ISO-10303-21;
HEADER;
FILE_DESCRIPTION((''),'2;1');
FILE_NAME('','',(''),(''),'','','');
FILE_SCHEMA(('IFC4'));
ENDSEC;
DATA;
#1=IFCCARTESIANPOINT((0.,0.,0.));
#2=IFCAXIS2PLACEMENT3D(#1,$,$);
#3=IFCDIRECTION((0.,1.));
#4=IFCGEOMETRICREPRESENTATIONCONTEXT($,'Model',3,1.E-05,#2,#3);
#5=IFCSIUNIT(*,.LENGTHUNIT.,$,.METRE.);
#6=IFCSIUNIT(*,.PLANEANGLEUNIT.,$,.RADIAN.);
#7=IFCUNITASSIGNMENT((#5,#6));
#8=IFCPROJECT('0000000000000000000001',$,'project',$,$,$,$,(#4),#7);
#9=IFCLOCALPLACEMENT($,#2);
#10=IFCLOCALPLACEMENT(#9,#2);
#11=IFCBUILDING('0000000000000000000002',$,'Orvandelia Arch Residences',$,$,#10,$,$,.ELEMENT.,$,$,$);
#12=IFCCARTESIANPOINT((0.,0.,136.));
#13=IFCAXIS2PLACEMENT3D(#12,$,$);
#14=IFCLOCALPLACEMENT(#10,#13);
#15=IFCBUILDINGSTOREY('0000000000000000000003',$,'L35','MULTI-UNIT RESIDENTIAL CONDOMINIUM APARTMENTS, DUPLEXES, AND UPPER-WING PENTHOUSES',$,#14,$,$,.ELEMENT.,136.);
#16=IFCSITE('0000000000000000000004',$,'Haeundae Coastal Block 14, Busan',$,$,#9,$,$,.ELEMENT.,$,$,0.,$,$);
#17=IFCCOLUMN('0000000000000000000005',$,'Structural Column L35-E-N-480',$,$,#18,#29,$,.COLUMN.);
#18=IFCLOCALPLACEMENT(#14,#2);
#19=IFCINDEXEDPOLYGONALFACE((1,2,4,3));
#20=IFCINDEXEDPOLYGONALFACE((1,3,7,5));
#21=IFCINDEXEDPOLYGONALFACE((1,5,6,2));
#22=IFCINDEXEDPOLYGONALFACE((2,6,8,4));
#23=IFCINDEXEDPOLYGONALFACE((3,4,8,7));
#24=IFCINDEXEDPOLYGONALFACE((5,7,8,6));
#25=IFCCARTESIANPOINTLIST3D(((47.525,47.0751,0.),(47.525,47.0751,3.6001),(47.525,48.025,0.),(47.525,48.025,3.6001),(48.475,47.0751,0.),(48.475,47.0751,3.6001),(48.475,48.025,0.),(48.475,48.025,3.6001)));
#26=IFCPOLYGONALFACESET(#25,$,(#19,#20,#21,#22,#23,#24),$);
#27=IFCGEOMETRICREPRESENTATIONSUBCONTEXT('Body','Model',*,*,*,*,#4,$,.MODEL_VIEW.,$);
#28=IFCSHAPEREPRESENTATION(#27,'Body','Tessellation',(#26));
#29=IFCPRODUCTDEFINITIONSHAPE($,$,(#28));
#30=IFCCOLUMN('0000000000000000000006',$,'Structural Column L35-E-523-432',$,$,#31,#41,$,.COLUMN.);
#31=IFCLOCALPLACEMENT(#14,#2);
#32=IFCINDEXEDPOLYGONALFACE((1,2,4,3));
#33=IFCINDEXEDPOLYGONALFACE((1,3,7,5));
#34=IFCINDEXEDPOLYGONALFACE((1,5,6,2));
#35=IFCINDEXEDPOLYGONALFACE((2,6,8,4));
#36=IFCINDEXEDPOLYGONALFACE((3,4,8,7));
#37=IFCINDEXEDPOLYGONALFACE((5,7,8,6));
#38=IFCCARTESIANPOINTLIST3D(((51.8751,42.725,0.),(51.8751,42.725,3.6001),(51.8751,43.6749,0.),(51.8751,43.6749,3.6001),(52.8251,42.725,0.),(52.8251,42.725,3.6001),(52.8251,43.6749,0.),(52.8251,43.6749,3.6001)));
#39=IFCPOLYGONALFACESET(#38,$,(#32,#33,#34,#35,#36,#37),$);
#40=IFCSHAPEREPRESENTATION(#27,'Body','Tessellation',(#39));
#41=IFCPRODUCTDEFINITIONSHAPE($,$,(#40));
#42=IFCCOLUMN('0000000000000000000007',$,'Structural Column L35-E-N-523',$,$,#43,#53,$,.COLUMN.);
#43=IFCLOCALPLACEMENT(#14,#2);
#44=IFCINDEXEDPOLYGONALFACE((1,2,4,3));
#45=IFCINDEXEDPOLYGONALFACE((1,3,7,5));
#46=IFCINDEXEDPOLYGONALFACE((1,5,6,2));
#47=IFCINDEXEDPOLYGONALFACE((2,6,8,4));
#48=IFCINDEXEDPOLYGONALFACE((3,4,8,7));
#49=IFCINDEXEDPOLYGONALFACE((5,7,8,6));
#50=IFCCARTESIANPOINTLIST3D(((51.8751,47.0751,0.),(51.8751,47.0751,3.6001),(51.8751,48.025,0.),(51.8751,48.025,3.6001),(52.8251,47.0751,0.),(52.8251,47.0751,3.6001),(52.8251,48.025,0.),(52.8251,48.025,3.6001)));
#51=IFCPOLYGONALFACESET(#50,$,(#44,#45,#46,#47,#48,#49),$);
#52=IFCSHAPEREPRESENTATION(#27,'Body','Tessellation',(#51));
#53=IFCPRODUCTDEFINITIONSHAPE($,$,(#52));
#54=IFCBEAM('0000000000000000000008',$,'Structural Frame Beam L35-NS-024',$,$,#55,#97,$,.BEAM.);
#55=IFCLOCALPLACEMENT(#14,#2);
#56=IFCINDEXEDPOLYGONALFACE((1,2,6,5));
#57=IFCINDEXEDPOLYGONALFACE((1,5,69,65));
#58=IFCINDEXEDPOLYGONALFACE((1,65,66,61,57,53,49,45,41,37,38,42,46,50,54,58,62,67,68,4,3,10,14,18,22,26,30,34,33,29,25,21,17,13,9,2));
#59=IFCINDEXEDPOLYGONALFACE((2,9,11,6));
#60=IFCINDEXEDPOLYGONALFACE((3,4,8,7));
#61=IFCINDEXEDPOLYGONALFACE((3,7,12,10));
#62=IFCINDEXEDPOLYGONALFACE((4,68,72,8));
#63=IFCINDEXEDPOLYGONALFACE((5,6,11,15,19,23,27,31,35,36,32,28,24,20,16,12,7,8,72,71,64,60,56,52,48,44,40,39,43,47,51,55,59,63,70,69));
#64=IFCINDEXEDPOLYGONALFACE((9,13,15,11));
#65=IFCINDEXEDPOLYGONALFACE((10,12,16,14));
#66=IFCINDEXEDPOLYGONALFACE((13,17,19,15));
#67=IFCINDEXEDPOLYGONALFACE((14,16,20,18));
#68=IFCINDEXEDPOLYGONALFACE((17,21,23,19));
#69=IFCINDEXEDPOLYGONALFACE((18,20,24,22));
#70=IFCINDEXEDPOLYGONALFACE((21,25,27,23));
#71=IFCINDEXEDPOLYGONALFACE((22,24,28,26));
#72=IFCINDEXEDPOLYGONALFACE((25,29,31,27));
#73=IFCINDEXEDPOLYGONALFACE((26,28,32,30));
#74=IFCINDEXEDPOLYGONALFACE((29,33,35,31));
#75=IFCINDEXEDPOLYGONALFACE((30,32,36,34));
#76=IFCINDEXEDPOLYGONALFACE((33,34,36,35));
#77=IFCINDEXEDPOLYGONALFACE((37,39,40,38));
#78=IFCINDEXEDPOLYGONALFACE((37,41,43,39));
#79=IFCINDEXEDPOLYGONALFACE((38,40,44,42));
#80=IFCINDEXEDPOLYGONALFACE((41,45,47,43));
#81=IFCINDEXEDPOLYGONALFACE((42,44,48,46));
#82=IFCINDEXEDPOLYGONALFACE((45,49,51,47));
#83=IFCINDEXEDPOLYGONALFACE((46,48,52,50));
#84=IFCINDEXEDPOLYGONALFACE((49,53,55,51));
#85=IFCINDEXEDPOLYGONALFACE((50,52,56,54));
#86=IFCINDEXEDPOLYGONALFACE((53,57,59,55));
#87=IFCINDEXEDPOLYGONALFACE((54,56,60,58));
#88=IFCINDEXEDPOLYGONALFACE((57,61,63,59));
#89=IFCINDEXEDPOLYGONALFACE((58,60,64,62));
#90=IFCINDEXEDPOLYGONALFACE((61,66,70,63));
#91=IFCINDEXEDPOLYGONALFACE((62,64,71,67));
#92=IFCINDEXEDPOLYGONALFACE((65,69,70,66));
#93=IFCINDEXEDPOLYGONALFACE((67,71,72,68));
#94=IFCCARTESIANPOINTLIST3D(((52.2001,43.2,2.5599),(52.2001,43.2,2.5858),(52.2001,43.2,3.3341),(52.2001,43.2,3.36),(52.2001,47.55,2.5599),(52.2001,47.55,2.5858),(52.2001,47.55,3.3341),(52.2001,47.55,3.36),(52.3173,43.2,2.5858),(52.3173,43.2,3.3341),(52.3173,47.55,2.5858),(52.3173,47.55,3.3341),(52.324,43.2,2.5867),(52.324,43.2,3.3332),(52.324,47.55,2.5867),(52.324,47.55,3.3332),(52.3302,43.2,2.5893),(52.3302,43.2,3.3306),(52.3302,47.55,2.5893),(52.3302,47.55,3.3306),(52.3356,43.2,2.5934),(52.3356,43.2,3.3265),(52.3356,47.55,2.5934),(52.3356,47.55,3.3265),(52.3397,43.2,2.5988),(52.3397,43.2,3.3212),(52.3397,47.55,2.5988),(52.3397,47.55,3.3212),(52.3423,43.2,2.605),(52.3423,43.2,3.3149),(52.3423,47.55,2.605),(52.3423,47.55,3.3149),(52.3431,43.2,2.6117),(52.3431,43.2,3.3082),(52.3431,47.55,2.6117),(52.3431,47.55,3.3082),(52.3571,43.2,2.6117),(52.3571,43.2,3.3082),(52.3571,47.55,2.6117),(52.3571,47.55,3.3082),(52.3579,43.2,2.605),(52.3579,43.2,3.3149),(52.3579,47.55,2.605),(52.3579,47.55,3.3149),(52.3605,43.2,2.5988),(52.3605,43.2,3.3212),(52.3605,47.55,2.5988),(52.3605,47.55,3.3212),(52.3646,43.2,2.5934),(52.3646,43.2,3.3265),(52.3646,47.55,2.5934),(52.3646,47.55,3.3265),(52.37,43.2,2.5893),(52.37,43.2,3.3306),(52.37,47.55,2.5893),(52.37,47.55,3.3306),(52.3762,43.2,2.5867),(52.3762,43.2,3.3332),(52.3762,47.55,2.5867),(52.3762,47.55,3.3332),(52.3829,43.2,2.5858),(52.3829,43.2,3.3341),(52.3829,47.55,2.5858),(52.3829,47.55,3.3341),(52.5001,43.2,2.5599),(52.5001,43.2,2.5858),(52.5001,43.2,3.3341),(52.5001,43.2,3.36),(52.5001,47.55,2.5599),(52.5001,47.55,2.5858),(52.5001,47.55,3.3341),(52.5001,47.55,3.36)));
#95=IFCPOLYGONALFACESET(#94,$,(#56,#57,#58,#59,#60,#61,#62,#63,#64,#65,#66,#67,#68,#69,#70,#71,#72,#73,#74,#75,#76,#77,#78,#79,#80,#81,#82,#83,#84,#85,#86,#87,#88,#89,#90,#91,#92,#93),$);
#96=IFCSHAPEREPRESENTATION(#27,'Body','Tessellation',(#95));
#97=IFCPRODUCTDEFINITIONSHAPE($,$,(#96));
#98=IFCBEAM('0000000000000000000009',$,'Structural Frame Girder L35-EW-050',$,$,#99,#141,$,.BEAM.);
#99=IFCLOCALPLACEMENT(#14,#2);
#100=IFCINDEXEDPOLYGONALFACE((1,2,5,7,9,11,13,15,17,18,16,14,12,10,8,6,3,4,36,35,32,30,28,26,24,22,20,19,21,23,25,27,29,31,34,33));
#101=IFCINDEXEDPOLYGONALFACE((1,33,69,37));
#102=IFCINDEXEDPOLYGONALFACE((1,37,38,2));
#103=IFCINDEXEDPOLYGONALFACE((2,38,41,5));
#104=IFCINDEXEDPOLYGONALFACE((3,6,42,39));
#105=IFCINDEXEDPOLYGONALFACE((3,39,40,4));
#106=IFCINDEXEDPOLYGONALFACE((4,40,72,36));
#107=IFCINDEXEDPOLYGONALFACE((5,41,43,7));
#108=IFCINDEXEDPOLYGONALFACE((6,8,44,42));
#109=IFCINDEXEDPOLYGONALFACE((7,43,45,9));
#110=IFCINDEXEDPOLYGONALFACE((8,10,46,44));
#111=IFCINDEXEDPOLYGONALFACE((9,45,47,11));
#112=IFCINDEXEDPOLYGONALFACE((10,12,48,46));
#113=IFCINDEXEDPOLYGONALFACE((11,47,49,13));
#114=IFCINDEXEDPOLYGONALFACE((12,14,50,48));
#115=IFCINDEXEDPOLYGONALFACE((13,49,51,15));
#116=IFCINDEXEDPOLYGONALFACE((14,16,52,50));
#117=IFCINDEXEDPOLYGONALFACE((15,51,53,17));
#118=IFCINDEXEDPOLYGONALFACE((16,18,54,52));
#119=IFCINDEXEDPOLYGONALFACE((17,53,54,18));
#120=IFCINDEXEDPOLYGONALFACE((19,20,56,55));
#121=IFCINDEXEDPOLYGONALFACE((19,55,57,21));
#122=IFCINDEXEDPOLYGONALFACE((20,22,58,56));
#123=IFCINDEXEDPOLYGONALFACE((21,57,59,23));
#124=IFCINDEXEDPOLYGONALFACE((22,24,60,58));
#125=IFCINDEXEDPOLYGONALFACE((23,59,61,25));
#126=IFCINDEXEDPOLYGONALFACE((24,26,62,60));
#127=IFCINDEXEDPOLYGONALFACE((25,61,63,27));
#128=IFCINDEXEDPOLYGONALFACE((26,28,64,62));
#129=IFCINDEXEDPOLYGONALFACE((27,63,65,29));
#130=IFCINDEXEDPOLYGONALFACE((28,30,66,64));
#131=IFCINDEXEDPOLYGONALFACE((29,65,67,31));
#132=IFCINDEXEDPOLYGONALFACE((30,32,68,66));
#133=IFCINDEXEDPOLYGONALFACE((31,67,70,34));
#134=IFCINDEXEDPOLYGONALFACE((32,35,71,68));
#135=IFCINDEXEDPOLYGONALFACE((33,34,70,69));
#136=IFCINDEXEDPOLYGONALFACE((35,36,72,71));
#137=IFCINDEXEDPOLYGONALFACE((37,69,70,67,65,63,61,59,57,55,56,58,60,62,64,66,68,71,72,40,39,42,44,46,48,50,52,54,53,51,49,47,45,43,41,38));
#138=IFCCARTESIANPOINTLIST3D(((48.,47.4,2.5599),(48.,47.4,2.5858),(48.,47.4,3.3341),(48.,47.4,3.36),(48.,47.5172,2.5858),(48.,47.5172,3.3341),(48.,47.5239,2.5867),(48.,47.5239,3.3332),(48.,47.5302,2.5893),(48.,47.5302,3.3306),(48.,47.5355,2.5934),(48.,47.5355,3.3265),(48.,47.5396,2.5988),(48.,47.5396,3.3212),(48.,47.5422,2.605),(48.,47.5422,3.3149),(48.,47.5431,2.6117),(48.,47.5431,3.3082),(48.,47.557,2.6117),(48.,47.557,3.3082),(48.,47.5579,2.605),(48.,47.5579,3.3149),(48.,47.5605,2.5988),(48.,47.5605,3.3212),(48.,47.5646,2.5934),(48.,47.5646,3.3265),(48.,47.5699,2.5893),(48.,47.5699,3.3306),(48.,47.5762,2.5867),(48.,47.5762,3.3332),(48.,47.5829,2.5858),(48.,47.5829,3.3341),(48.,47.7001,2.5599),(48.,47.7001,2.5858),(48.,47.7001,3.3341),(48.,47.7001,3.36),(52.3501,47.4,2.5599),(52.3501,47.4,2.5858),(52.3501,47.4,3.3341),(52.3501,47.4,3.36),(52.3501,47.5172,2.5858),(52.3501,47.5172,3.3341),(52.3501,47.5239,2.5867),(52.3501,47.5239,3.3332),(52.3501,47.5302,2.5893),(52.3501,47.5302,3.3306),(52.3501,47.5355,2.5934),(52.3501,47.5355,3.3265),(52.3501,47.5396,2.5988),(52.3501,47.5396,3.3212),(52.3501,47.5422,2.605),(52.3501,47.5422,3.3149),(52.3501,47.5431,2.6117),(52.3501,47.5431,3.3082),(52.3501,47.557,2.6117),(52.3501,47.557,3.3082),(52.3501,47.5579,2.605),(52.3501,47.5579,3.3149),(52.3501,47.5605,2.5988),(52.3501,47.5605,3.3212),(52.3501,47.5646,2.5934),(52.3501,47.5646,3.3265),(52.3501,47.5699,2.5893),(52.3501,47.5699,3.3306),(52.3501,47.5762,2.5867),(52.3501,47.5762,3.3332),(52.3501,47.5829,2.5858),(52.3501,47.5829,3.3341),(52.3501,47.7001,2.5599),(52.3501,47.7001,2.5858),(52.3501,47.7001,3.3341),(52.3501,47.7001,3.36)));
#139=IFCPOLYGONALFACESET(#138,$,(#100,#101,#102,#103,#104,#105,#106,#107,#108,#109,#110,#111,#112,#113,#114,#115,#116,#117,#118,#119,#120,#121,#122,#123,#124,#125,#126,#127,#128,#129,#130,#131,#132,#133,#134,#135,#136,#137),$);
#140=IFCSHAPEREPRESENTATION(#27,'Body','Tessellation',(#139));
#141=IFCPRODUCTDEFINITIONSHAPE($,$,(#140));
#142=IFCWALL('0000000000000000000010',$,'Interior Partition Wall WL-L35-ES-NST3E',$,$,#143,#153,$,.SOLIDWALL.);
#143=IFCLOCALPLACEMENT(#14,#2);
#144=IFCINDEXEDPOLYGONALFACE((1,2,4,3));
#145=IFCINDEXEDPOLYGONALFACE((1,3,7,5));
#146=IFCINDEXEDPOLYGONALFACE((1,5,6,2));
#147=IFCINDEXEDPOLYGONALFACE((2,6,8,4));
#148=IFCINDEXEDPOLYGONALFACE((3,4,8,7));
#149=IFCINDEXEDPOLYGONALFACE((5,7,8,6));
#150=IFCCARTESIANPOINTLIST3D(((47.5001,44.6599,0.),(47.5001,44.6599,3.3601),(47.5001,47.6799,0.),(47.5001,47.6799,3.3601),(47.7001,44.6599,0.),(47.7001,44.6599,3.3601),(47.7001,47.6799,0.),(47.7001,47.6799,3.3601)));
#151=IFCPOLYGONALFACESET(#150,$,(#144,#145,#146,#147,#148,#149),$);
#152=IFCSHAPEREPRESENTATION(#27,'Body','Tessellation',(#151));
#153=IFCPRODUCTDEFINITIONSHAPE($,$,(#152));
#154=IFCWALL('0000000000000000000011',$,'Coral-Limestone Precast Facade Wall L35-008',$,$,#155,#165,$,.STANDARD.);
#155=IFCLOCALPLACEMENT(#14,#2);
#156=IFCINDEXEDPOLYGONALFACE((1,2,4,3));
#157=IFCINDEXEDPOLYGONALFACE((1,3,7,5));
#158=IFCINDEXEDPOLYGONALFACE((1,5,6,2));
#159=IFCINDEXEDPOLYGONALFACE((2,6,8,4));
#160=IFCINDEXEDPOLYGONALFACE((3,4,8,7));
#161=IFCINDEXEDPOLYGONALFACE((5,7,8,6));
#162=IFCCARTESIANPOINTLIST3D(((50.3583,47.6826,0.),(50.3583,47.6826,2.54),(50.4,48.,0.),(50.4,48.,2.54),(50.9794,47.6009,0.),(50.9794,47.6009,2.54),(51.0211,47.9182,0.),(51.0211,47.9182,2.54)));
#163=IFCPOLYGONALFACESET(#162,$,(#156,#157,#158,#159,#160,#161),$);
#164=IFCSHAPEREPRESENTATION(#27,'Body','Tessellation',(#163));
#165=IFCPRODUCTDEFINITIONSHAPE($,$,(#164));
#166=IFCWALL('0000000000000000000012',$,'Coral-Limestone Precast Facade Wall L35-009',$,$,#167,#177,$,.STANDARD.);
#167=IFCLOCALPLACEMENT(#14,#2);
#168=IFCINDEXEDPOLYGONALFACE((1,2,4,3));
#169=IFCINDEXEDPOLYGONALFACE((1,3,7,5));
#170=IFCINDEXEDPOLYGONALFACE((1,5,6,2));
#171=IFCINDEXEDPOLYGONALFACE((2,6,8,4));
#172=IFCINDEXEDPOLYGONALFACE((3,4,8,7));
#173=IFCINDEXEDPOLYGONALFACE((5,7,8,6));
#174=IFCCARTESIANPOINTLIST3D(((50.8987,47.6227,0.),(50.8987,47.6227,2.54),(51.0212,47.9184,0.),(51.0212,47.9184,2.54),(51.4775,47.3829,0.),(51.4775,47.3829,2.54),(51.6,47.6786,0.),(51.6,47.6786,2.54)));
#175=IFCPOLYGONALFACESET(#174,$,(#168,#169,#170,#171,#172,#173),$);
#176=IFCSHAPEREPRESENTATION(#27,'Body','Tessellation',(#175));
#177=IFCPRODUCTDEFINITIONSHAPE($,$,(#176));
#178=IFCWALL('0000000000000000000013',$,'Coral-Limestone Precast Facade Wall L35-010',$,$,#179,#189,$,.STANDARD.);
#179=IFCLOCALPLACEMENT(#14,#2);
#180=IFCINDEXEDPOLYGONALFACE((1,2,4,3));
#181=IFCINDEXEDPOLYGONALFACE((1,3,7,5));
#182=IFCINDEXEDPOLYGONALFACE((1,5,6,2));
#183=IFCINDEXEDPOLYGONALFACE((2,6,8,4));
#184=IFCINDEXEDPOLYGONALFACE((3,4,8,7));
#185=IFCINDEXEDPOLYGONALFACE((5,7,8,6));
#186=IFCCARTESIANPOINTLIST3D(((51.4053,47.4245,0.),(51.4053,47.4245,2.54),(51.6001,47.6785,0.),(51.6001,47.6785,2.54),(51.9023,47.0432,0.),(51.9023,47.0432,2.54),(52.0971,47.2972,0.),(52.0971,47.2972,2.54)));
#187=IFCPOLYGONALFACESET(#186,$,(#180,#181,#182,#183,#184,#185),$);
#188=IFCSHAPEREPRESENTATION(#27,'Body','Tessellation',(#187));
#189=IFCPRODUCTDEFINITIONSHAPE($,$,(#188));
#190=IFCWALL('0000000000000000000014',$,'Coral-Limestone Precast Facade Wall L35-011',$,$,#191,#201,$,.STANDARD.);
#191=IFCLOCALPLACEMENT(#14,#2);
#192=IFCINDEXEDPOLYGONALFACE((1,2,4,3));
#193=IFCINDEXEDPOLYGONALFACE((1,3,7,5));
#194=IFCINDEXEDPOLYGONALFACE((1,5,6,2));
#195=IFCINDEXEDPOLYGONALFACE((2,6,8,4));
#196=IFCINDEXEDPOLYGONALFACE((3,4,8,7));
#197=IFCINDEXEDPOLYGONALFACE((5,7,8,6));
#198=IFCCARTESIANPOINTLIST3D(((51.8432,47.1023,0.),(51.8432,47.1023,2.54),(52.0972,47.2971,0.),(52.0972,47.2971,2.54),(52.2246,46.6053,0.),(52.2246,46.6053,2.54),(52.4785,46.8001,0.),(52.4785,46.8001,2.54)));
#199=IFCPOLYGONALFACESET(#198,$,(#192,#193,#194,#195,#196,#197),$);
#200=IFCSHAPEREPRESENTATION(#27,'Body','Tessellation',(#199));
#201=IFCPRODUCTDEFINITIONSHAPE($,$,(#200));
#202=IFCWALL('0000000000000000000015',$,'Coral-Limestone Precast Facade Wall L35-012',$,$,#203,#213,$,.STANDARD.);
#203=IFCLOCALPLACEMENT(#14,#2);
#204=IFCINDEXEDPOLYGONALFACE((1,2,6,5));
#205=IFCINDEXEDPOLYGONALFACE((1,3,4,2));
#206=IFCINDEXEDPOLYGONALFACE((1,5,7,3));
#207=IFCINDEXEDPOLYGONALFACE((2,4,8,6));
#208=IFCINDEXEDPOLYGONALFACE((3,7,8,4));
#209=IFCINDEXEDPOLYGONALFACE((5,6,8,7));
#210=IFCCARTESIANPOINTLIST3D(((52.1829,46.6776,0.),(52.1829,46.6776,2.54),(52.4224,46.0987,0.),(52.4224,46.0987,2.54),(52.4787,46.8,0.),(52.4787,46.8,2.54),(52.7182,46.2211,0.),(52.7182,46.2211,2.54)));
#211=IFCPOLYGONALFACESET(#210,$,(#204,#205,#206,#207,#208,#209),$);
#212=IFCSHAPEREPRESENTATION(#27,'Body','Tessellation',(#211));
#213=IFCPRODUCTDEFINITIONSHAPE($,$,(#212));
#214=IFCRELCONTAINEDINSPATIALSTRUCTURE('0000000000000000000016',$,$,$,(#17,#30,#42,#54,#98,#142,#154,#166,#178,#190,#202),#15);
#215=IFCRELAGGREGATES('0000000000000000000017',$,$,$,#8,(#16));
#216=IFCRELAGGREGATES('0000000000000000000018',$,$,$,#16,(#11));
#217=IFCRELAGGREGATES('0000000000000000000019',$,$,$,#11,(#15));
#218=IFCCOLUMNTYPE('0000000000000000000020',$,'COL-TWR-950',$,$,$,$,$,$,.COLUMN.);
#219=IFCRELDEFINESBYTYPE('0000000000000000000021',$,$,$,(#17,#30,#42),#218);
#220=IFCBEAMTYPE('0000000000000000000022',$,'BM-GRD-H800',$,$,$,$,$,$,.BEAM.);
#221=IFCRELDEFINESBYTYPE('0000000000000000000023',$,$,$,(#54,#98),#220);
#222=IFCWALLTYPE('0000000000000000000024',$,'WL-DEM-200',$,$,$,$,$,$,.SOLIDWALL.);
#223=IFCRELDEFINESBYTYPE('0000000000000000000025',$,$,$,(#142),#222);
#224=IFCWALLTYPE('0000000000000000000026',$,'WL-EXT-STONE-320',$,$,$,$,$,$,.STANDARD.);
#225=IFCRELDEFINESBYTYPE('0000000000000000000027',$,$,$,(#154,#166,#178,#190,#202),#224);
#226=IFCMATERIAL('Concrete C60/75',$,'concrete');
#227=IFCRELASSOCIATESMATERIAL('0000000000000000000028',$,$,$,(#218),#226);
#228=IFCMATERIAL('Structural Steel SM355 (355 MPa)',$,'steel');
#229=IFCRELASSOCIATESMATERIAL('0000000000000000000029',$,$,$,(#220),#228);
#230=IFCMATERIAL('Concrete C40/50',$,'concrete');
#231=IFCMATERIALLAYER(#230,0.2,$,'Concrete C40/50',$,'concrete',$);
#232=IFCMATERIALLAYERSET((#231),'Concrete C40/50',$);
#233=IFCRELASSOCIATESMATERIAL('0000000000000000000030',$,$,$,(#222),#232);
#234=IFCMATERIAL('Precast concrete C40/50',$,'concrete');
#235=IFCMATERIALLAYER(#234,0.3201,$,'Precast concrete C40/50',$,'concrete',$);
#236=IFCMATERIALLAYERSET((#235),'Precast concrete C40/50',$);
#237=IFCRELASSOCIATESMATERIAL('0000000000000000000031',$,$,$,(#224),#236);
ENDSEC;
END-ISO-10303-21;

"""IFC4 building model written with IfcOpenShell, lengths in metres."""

from ifc_helpers import new_model, si_unit, direction, frame, frame_2d, origin, origin_2d, place, context, subcontext, project, spatial, rectangle, i_section, extrude, material, layer, layer_set, material_profile, profile_set, type_object, element, save


model = new_model("IFC4")

# Units and contexts
model_context = context("Model", 3, precision=1e-05, world=origin(), true_north=direction((0.0, 1.0)))
body_context = subcontext(model_context, "Body", "Model", "MODEL_VIEW")
ifc_project = project(units=[si_unit("LENGTHUNIT", "METRE"), si_unit("PLANEANGLEUNIT", "RADIAN")], contexts=[model_context])

# Site, building, storey
site_placement = place(None, origin())
site = spatial("IfcSite", under=ifc_project, at=site_placement, Name="Haeundae Coastal Block 14, Busan", CompositionType="ELEMENT", RefElevation=0.0)
building_placement = place(site_placement, origin())
building = spatial("IfcBuilding", under=site, at=building_placement, Name="Orvandelia Arch Residences", CompositionType="ELEMENT")
storey_placement = place(building_placement, frame((0.0, 0.0, 136.0)))
storey = spatial("IfcBuildingStorey", under=building, at=storey_placement, Name="L35", Description="MULTI-UNIT RESIDENTIAL CONDOMINIUM APARTMENTS, DUPLEXES, AND UPPER-WING PENTHOUSES", CompositionType="ELEMENT", Elevation=136.0)

# Columns
ifc_material_1 = material(Name="Concrete C60/75", Category="concrete")
ifc_material_profile_1 = material_profile(ifc_material_1, rectangle(XDim=0.95, YDim=0.95, at=origin_2d()), Name="Concrete C60/75", Category="concrete")
ifc_profile_set_1 = profile_set([ifc_material_profile_1], Name="Concrete C60/75")
column_type = type_object("IfcColumnType", Name="COL-TWR-950", PredefinedType="COLUMN", material=ifc_profile_set_1)
for number, where, z_axis, x_axis, name in (
    (1, (48.0, 47.55, 0.0), (0.0, 0.0, 1.0), (1.0, 0.0, 0.0), "Structural Column L35-E-N-480"),
    (2, (52.3501, 43.2, 0.0), (0.0, 0.0, 1.0), (1.0, 0.0, 0.0), "Structural Column L35-E-523-432"),
    (3, (52.3501, 47.55, 0.0), (0.0, 0.0, 1.0), (1.0, 0.0, 0.0), "Structural Column L35-E-N-523"),
):
    element("IfcColumn", number, at=place(storey_placement, frame(where, z_axis=z_axis, x_axis=x_axis)), inside=storey, type_object=column_type, Name=name, PredefinedType="COLUMN", context=body_context, shape_type="SweptSolid", body=[
        extrude(rectangle(XDim=0.95, YDim=0.95, at=origin_2d()), origin(), (0.0, 0.0, 1.0), 3.6001),
    ])

# Beams
ifc_material_2 = material(Name="Structural Steel SM355 (355 MPa)", Category="steel")
ifc_material_profile_2 = material_profile(ifc_material_2, i_section(OverallWidth=0.3, OverallDepth=0.8, WebThickness=0.0139, FlangeThickness=0.0259, FilletRadius=0.0259, at=origin_2d()), Name="Structural Steel SM355 (355 MPa)", Category="steel")
ifc_profile_set_2 = profile_set([ifc_material_profile_2], Name="Structural Steel SM355 (355 MPa)")
beam_type = type_object("IfcBeamType", Name="BM-GRD-H800", PredefinedType="BEAM", material=ifc_profile_set_2)
for number, where, z_axis, x_axis, name in (
    (4, (52.3501, 43.2, 2.96), (0.0, 1.0, 0.0), (-1.0, 0.0, 0.0), "Structural Frame Beam L35-NS-024"),
    (5, (48.0, 47.55, 2.96), (1.0, 0.0, 0.0), (0.0, 1.0, 0.0), "Structural Frame Girder L35-EW-050"),
):
    element("IfcBeam", number, at=place(storey_placement, frame(where, z_axis=z_axis, x_axis=x_axis)), inside=storey, type_object=beam_type, Name=name, PredefinedType="BEAM", context=body_context, shape_type="SweptSolid", body=[
        extrude(i_section(OverallWidth=0.3, OverallDepth=0.8, WebThickness=0.0139, FlangeThickness=0.0259, FilletRadius=0.0259, at=origin_2d()), origin(), (0.0, 0.0, 1.0), 4.3501),
    ])

# Walls
ifc_material_3 = material(Name="Concrete C40/50", Category="concrete")
ifc_layer_1 = layer(ifc_material_3, 0.2, Name="Concrete C40/50", Category="concrete")
ifc_layer_set_1 = layer_set([ifc_layer_1], Name="Concrete C40/50")
wall_type_1 = type_object("IfcWallType", Name="WL-DEM-200", PredefinedType="SOLIDWALL", material=ifc_layer_set_1)
wall_1_placement = place(storey_placement, frame((47.6001, 44.6599, 0.0), z_axis=(0.0, 0.0, 1.0), x_axis=(0.0, 1.0, 0.0)))
element("IfcWall", 6, at=wall_1_placement, inside=storey, type_object=wall_type_1, Name="Interior Partition Wall WL-L35-ES-NST3E", PredefinedType="SOLIDWALL", context=body_context, shape_type="SweptSolid", body=[
    extrude(rectangle(XDim=3.02, YDim=0.2, at=frame_2d((1.51, 0.0))), origin(), (0.0, 0.0, 1.0), 3.3601),
])
ifc_material_4 = material(Name="Precast concrete C40/50", Category="concrete")
ifc_layer_2 = layer(ifc_material_4, 0.3201, Name="Precast concrete C40/50", Category="concrete")
ifc_layer_set_2 = layer_set([ifc_layer_2], Name="Precast concrete C40/50")
wall_type_2 = type_object("IfcWallType", Name="WL-EXT-STONE-320", PredefinedType="STANDARD", material=ifc_layer_set_2)
for number, where, z_axis, x_axis, name in (
    (7, (50.3792, 47.8413, 0.0), (0.0, 0.0, 1.0), (0.991441, -0.130555, 0.0), "Coral-Limestone Precast Facade Wall L35-008"),
    (8, (50.96, 47.7705, 0.0), (0.0, 0.0, 1.0), (0.923893, -0.38265, 0.0), "Coral-Limestone Precast Facade Wall L35-009"),
    (9, (51.5027, 47.5515, 0.0), (0.0, 0.0, 1.0), (0.793406, -0.608693, 0.0), "Coral-Limestone Precast Facade Wall L35-010"),
    (10, (51.9702, 47.1997, 0.0), (0.0, 0.0, 1.0), (0.608693, -0.793406, 0.0), "Coral-Limestone Precast Facade Wall L35-011"),
    (11, (52.3308, 46.7388, 0.0), (0.0, 0.0, 1.0), (0.382317, -0.924031, 0.0), "Coral-Limestone Precast Facade Wall L35-012"),
):
    element("IfcWall", number, at=place(storey_placement, frame(where, z_axis=z_axis, x_axis=x_axis)), inside=storey, type_object=wall_type_2, Name=name, PredefinedType="STANDARD", context=body_context, shape_type="SweptSolid", body=[
        extrude(rectangle(XDim=0.6265, YDim=0.3201, at=frame_2d((0.3132, 0.0))), origin(), (0.0, 0.0, 1.0), 2.54),
    ])

save(model, "model.ifc")
